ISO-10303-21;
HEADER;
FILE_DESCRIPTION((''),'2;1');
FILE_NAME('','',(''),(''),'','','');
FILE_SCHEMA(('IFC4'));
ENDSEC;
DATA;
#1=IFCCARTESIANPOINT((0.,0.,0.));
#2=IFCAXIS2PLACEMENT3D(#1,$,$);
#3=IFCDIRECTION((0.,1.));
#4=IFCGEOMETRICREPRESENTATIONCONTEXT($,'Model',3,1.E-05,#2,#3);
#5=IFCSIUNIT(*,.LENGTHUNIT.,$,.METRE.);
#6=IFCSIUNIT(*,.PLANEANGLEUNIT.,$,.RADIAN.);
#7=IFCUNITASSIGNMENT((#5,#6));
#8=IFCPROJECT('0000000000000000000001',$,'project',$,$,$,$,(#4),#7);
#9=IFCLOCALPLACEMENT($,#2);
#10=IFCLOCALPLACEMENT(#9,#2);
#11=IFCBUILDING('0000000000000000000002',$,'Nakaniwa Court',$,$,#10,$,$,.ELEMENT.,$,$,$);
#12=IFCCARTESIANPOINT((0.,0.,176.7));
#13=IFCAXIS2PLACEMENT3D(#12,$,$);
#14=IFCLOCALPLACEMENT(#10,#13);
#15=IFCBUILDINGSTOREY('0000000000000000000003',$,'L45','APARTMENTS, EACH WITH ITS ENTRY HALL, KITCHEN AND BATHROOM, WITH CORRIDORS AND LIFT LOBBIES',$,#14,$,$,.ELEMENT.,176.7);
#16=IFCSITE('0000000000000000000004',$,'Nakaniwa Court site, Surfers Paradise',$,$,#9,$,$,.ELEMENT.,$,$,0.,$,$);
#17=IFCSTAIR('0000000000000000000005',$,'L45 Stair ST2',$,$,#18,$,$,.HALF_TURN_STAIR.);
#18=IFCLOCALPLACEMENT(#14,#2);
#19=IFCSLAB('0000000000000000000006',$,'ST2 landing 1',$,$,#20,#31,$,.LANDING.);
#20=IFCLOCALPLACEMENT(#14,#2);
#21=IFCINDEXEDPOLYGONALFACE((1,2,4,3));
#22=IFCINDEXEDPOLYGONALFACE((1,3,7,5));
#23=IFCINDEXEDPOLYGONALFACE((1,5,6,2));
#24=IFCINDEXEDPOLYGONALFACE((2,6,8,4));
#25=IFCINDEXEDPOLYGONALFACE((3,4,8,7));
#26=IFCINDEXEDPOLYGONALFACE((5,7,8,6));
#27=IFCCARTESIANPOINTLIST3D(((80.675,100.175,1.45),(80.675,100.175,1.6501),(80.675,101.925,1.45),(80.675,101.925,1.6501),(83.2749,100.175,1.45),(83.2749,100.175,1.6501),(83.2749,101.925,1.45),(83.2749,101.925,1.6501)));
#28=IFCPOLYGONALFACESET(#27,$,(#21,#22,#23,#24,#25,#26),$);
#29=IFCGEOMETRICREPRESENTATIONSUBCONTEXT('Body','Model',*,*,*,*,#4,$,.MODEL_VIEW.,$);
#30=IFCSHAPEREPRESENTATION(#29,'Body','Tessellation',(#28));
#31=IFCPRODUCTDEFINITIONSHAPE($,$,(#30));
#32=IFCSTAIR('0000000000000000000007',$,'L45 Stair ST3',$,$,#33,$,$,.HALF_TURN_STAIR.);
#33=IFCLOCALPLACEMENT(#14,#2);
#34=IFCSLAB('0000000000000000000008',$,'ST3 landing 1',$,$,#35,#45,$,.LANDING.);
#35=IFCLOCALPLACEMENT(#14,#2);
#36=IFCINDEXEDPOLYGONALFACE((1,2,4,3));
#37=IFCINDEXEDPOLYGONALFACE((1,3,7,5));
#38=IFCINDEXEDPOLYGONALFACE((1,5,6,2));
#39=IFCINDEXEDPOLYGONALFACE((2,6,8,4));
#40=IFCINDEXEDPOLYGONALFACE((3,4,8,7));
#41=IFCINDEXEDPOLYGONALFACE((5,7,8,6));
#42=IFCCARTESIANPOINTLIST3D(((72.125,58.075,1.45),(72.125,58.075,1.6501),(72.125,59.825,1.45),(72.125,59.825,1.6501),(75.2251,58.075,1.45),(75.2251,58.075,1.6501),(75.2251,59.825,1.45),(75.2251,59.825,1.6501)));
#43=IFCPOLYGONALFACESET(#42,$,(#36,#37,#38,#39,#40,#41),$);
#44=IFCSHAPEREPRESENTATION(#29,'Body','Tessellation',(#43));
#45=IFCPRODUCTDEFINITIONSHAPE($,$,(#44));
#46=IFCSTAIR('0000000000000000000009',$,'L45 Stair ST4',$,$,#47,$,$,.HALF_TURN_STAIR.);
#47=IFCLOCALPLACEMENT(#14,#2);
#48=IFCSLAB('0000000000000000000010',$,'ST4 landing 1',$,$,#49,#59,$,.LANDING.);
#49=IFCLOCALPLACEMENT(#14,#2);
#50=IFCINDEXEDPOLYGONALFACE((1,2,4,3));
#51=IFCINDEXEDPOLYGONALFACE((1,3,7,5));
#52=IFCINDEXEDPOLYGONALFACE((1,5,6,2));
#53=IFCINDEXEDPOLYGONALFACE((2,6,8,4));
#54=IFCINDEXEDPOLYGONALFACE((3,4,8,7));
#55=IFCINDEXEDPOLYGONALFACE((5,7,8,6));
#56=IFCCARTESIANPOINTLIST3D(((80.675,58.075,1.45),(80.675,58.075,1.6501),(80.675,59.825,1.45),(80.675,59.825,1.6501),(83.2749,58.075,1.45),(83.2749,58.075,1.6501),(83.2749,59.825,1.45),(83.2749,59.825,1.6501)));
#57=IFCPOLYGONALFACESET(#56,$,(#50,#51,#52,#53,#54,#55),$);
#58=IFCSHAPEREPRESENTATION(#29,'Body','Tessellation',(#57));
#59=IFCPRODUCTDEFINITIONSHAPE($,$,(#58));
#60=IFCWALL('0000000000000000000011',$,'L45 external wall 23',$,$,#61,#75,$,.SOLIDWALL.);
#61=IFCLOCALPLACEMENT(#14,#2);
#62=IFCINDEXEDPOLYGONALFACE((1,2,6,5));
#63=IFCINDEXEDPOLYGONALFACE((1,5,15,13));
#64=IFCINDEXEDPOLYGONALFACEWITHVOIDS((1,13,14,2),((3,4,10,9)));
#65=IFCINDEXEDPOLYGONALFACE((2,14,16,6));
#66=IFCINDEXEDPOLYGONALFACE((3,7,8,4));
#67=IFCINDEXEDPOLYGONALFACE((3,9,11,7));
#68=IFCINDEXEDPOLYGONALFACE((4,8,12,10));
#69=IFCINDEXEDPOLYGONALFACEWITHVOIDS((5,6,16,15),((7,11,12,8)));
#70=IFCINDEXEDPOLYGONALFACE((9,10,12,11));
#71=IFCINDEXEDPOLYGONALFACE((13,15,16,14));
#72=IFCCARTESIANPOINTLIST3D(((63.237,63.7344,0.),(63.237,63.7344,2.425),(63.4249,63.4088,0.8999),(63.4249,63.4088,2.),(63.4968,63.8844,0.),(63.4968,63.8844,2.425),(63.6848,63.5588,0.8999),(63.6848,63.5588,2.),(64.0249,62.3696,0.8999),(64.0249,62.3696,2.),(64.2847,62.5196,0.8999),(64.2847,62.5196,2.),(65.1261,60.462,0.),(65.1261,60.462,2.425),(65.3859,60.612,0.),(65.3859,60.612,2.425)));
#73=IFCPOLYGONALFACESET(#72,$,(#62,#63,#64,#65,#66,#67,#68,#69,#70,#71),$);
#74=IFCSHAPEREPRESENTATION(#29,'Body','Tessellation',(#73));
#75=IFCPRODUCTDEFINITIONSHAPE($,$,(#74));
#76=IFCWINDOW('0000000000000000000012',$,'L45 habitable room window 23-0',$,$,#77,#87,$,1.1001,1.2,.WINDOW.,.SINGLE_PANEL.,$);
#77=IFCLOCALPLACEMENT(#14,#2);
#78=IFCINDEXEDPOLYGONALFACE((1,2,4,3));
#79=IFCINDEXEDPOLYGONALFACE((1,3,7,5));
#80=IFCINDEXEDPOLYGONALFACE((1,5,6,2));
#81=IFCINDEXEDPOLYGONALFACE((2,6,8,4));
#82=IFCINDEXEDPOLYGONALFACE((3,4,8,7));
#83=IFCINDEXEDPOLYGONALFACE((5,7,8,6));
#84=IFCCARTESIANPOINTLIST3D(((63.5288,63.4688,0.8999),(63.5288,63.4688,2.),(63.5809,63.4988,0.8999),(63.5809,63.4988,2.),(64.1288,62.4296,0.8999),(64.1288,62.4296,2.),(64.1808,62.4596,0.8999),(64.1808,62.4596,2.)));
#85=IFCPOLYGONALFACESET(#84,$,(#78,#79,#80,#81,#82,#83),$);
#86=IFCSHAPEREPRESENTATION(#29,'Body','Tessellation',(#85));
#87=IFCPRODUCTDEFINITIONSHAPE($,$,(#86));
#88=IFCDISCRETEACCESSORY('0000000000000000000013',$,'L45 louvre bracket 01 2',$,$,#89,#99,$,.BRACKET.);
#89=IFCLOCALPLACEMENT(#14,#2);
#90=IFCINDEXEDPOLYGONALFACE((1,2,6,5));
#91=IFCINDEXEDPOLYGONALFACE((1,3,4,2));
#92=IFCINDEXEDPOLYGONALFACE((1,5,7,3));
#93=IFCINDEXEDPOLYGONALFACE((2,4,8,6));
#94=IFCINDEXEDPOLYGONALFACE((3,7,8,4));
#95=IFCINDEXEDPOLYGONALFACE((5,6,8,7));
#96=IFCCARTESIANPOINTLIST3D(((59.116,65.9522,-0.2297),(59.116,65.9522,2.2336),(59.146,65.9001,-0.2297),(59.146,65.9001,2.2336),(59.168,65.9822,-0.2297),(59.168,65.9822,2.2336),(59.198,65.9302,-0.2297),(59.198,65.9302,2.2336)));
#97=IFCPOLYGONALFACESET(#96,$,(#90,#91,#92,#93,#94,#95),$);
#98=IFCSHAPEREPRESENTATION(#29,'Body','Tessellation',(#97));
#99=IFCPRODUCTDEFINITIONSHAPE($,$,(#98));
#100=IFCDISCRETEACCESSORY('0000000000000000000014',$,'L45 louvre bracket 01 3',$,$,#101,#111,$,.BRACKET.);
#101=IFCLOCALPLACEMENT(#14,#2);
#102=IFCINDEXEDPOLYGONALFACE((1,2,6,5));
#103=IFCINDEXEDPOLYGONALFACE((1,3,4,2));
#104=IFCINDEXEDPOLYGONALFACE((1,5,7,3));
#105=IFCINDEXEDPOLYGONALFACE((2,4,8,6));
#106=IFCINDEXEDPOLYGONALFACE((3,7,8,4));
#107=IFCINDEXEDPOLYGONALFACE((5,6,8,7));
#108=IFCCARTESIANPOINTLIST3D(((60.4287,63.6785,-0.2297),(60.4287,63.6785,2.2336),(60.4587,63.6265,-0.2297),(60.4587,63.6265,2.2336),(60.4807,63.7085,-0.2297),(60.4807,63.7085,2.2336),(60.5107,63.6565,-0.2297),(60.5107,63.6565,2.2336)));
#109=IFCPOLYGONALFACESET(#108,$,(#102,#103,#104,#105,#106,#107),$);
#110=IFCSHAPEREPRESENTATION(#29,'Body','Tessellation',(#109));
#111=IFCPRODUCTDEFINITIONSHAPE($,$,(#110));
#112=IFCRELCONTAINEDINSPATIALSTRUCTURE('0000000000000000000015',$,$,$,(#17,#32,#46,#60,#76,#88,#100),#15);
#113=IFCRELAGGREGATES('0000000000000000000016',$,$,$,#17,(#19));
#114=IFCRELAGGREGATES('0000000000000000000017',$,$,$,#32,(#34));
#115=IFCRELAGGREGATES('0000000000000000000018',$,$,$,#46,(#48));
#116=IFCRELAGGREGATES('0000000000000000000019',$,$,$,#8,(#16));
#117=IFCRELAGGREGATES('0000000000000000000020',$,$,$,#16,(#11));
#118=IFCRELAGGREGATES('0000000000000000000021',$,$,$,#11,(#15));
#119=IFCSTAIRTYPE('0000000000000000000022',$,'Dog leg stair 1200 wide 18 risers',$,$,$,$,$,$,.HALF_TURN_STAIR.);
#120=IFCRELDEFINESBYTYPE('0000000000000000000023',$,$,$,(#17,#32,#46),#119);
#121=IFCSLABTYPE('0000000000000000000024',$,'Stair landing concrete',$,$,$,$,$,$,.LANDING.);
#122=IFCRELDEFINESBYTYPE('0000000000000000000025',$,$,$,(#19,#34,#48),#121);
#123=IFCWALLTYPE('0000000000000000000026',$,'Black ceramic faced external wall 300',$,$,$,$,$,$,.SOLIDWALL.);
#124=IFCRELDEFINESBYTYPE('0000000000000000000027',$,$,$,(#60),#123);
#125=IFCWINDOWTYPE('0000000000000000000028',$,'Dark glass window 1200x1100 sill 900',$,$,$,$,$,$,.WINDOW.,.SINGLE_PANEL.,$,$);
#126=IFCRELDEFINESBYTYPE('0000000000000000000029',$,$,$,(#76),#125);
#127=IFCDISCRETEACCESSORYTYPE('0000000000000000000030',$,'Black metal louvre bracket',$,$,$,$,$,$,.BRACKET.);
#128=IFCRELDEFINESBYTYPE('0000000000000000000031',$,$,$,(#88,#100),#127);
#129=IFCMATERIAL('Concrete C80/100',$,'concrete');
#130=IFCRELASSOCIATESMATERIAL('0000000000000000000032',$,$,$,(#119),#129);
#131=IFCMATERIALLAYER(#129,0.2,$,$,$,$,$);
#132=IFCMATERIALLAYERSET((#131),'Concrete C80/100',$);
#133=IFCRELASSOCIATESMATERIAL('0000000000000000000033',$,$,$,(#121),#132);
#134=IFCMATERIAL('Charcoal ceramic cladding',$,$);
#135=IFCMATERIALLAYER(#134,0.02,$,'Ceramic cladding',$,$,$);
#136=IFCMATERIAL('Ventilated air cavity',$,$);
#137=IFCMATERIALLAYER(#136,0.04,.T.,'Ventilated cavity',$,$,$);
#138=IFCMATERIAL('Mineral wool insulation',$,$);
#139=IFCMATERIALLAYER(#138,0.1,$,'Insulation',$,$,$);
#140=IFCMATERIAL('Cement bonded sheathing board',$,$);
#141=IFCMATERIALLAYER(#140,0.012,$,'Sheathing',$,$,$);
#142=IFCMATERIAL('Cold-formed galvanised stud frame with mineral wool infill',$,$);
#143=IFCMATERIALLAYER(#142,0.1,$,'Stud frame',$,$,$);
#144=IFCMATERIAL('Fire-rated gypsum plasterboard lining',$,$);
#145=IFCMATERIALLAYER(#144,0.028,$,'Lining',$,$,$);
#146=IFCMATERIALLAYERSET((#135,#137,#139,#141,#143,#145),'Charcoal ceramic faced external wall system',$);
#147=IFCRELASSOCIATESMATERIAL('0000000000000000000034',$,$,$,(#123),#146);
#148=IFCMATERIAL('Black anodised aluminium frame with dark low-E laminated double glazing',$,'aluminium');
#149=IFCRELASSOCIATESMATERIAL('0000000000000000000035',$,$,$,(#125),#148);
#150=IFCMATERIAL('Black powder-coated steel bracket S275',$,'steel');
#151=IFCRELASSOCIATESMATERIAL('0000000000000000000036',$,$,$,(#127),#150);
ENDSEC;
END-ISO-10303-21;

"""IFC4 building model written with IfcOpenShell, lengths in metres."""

from ifc_helpers import new_model, si_unit, direction, frame, frame_2d, origin, origin_2d, place, context, subcontext, project, spatial, polyline, rectangle, outline, extrude, material, layer, layer_set, type_object, element, fill, aggregate, save


model = new_model("IFC4")

# Units and contexts
model_context = context("Model", 3, precision=1e-05, world=origin(), true_north=direction((0.0, 1.0)))
body_context = subcontext(model_context, "Body", "Model", "MODEL_VIEW")
ifc_project = project(units=[si_unit("LENGTHUNIT", "METRE"), si_unit("PLANEANGLEUNIT", "RADIAN")], contexts=[model_context])

# Site, building, storey
site_placement = place(None, origin())
site = spatial("IfcSite", under=ifc_project, at=site_placement, Name="Nakaniwa Court site, Surfers Paradise", CompositionType="ELEMENT", RefElevation=0.0)
building_placement = place(site_placement, origin())
building = spatial("IfcBuilding", under=site, at=building_placement, Name="Nakaniwa Court", CompositionType="ELEMENT")
storey_placement = place(building_placement, frame((0.0, 0.0, 176.7)))
storey = spatial("IfcBuildingStorey", under=building, at=storey_placement, Name="L45", Description="APARTMENTS, EACH WITH ITS ENTRY HALL, KITCHEN AND BATHROOM, WITH CORRIDORS AND LIFT LOBBIES", CompositionType="ELEMENT", Elevation=176.7)

# Shared definitions
ifc_material_1 = material(Name="Concrete C80/100", Category="concrete")

# Stairs, slabs
stair_type = type_object("IfcStairType", Name="Dog leg stair 1200 wide 18 risers", PredefinedType="HALF_TURN_STAIR", material=ifc_material_1)
ifc_layer_1 = layer(ifc_material_1, 0.2)
ifc_layer_set_1 = layer_set([ifc_layer_1], Name="Concrete C80/100")
slab_type_1 = type_object("IfcSlabType", Name="Stair landing concrete", PredefinedType="LANDING", material=ifc_layer_set_1)
stair_1_placement = place(storey_placement, origin())
stair_1 = element("IfcStair", 1, at=stair_1_placement, inside=storey, type_object=stair_type, Name="L45 Stair ST2", PredefinedType="HALF_TURN_STAIR")
slab_1_placement = place(storey_placement, frame((0.0, 0.0, 1.45)))
slab_1 = element("IfcSlab", 2, at=slab_1_placement, type_object=slab_type_1, Name="ST2 landing 1", PredefinedType="LANDING", context=body_context, shape_type="SweptSolid", body=[
    extrude(outline(polyline([(83.2749, 100.175), (83.2749, 101.925), (80.675, 101.925), (80.675, 100.175), (83.2749, 100.175)])), origin(), (0.0, 0.0, 1.0), 0.2002),
])
aggregate(stair_1, [slab_1])
stair_2_placement = place(storey_placement, origin())
stair_2 = element("IfcStair", 3, at=stair_2_placement, inside=storey, type_object=stair_type, Name="L45 Stair ST3", PredefinedType="HALF_TURN_STAIR")
slab_2_placement = place(storey_placement, frame((0.0, 0.0, 1.45)))
slab_2 = element("IfcSlab", 4, at=slab_2_placement, type_object=slab_type_1, Name="ST3 landing 1", PredefinedType="LANDING", context=body_context, shape_type="SweptSolid", body=[
    extrude(outline(polyline([(75.2251, 58.075), (75.2251, 59.825), (72.125, 59.825), (72.125, 58.075), (75.2251, 58.075)])), origin(), (0.0, 0.0, 1.0), 0.2002),
])
aggregate(stair_2, [slab_2])
stair_3_placement = place(storey_placement, origin())
stair_3 = element("IfcStair", 5, at=stair_3_placement, inside=storey, type_object=stair_type, Name="L45 Stair ST4", PredefinedType="HALF_TURN_STAIR")
slab_3_placement = place(storey_placement, frame((0.0, 0.0, 1.45)))
slab_3 = element("IfcSlab", 6, at=slab_3_placement, type_object=slab_type_1, Name="ST4 landing 1", PredefinedType="LANDING", context=body_context, shape_type="SweptSolid", body=[
    extrude(outline(polyline([(83.2749, 58.075), (83.2749, 59.825), (80.675, 59.825), (80.675, 58.075), (83.2749, 58.075)])), origin(), (0.0, 0.0, 1.0), 0.2002),
])
aggregate(stair_3, [slab_3])

# Wall, opening, window
ifc_material_2 = material(Name="Charcoal ceramic cladding")
ifc_layer_2 = layer(ifc_material_2, 0.02, Name="Ceramic cladding")
ifc_material_3 = material(Name="Ventilated air cavity")
ifc_layer_3 = layer(ifc_material_3, 0.04, ventilated=True, Name="Ventilated cavity")
ifc_material_4 = material(Name="Mineral wool insulation")
ifc_layer_4 = layer(ifc_material_4, 0.1, Name="Insulation")
ifc_material_5 = material(Name="Cement bonded sheathing board")
ifc_layer_5 = layer(ifc_material_5, 0.012, Name="Sheathing")
ifc_material_6 = material(Name="Cold-formed galvanised stud frame with mineral wool infill")
ifc_layer_6 = layer(ifc_material_6, 0.1, Name="Stud frame")
ifc_material_7 = material(Name="Fire-rated gypsum plasterboard lining")
ifc_layer_7 = layer(ifc_material_7, 0.028, Name="Lining")
ifc_layer_set_2 = layer_set([ifc_layer_2, ifc_layer_3, ifc_layer_4, ifc_layer_5, ifc_layer_6, ifc_layer_7], Name="Charcoal ceramic faced external wall system")
wall_type = type_object("IfcWallType", Name="Black ceramic faced external wall 300", PredefinedType="SOLIDWALL", material=ifc_layer_set_2)
wall_placement = place(storey_placement, frame((63.3669, 63.8093, 0.0), z_axis=(0.0, 0.0, 1.0), x_axis=(0.499961, -0.866048, 0.0)))
wall = element("IfcWall", 7, at=wall_placement, inside=storey, type_object=wall_type, Name="L45 external wall 23", PredefinedType="SOLIDWALL", context=body_context, shape_type="SweptSolid", body=[
    extrude(rectangle(XDim=3.7786, YDim=0.3, at=frame_2d((1.8892, 0.0))), origin(), (0.0, 0.0, 1.0), 2.425),
])
opening_placement = place(wall_placement, frame((0.3757, 0.0, 0.8999)))
opening = element("IfcOpeningElement", 8, at=opening_placement, cuts=wall, PredefinedType="OPENING", context=body_context, shape_type="SweptSolid", body=[
    extrude(rectangle(XDim=1.2, YDim=1.1001, at=frame_2d((0.6001, 0.55))), frame((0.0, 0.1599, 0.0), z_axis=(0.0, -1.0, 0.0), x_axis=(1.0, 0.0, 0.0)), (0.0, 0.0, 1.0), 0.3201),
])
ifc_material_8 = material(Name="Black anodised aluminium frame with dark low-E laminated double glazing", Category="aluminium")
window_type = type_object("IfcWindowType", Name="Dark glass window 1200x1100 sill 900", PartitioningType="SINGLE_PANEL", PredefinedType="WINDOW", material=ifc_material_8)
window_placement = place(opening_placement, origin())
window = element("IfcWindow", 9, at=window_placement, inside=storey, type_object=window_type, Name="L45 habitable room window 23-0", OverallHeight=1.1001, OverallWidth=1.2, PartitioningType="SINGLE_PANEL", PredefinedType="WINDOW", context=body_context, shape_type="SweptSolid", body=[
    extrude(rectangle(XDim=1.2, YDim=1.1001, at=frame_2d((0.6001, 0.55))), frame((0.0, 0.03, 0.0), z_axis=(0.0, -1.0, 0.0), x_axis=(1.0, 0.0, 0.0)), (0.0, 0.0, 1.0), 0.0601),
])
fill(opening, window)

# Discrete accessories
ifc_material_9 = material(Name="Black powder-coated steel bracket S275", Category="steel")
discrete_accessory_type = type_object("IfcDiscreteAccessoryType", Name="Black metal louvre bracket", PredefinedType="BRACKET", material=ifc_material_9)
for number, where, z_axis, x_axis, name in (
    (10, (59.157, 65.9412, -0.2297), (0.0, 0.0, 1.0), (0.500017, -0.866016, 0.0), "L45 louvre bracket 01 2"),
    (11, (60.4697, 63.6675, -0.2297), (0.0, 0.0, 1.0), (0.500017, -0.866016, 0.0), "L45 louvre bracket 01 3"),
):
    element("IfcDiscreteAccessory", number, at=place(storey_placement, frame(where, z_axis=z_axis, x_axis=x_axis)), inside=storey, type_object=discrete_accessory_type, Name=name, PredefinedType="BRACKET", context=body_context, shape_type="SweptSolid", body=[
        extrude(rectangle(XDim=0.0601, YDim=0.0601, at=origin_2d()), origin(), (0.0, 0.0, 1.0), 2.4634),
    ])

save(model, "model.ifc")
